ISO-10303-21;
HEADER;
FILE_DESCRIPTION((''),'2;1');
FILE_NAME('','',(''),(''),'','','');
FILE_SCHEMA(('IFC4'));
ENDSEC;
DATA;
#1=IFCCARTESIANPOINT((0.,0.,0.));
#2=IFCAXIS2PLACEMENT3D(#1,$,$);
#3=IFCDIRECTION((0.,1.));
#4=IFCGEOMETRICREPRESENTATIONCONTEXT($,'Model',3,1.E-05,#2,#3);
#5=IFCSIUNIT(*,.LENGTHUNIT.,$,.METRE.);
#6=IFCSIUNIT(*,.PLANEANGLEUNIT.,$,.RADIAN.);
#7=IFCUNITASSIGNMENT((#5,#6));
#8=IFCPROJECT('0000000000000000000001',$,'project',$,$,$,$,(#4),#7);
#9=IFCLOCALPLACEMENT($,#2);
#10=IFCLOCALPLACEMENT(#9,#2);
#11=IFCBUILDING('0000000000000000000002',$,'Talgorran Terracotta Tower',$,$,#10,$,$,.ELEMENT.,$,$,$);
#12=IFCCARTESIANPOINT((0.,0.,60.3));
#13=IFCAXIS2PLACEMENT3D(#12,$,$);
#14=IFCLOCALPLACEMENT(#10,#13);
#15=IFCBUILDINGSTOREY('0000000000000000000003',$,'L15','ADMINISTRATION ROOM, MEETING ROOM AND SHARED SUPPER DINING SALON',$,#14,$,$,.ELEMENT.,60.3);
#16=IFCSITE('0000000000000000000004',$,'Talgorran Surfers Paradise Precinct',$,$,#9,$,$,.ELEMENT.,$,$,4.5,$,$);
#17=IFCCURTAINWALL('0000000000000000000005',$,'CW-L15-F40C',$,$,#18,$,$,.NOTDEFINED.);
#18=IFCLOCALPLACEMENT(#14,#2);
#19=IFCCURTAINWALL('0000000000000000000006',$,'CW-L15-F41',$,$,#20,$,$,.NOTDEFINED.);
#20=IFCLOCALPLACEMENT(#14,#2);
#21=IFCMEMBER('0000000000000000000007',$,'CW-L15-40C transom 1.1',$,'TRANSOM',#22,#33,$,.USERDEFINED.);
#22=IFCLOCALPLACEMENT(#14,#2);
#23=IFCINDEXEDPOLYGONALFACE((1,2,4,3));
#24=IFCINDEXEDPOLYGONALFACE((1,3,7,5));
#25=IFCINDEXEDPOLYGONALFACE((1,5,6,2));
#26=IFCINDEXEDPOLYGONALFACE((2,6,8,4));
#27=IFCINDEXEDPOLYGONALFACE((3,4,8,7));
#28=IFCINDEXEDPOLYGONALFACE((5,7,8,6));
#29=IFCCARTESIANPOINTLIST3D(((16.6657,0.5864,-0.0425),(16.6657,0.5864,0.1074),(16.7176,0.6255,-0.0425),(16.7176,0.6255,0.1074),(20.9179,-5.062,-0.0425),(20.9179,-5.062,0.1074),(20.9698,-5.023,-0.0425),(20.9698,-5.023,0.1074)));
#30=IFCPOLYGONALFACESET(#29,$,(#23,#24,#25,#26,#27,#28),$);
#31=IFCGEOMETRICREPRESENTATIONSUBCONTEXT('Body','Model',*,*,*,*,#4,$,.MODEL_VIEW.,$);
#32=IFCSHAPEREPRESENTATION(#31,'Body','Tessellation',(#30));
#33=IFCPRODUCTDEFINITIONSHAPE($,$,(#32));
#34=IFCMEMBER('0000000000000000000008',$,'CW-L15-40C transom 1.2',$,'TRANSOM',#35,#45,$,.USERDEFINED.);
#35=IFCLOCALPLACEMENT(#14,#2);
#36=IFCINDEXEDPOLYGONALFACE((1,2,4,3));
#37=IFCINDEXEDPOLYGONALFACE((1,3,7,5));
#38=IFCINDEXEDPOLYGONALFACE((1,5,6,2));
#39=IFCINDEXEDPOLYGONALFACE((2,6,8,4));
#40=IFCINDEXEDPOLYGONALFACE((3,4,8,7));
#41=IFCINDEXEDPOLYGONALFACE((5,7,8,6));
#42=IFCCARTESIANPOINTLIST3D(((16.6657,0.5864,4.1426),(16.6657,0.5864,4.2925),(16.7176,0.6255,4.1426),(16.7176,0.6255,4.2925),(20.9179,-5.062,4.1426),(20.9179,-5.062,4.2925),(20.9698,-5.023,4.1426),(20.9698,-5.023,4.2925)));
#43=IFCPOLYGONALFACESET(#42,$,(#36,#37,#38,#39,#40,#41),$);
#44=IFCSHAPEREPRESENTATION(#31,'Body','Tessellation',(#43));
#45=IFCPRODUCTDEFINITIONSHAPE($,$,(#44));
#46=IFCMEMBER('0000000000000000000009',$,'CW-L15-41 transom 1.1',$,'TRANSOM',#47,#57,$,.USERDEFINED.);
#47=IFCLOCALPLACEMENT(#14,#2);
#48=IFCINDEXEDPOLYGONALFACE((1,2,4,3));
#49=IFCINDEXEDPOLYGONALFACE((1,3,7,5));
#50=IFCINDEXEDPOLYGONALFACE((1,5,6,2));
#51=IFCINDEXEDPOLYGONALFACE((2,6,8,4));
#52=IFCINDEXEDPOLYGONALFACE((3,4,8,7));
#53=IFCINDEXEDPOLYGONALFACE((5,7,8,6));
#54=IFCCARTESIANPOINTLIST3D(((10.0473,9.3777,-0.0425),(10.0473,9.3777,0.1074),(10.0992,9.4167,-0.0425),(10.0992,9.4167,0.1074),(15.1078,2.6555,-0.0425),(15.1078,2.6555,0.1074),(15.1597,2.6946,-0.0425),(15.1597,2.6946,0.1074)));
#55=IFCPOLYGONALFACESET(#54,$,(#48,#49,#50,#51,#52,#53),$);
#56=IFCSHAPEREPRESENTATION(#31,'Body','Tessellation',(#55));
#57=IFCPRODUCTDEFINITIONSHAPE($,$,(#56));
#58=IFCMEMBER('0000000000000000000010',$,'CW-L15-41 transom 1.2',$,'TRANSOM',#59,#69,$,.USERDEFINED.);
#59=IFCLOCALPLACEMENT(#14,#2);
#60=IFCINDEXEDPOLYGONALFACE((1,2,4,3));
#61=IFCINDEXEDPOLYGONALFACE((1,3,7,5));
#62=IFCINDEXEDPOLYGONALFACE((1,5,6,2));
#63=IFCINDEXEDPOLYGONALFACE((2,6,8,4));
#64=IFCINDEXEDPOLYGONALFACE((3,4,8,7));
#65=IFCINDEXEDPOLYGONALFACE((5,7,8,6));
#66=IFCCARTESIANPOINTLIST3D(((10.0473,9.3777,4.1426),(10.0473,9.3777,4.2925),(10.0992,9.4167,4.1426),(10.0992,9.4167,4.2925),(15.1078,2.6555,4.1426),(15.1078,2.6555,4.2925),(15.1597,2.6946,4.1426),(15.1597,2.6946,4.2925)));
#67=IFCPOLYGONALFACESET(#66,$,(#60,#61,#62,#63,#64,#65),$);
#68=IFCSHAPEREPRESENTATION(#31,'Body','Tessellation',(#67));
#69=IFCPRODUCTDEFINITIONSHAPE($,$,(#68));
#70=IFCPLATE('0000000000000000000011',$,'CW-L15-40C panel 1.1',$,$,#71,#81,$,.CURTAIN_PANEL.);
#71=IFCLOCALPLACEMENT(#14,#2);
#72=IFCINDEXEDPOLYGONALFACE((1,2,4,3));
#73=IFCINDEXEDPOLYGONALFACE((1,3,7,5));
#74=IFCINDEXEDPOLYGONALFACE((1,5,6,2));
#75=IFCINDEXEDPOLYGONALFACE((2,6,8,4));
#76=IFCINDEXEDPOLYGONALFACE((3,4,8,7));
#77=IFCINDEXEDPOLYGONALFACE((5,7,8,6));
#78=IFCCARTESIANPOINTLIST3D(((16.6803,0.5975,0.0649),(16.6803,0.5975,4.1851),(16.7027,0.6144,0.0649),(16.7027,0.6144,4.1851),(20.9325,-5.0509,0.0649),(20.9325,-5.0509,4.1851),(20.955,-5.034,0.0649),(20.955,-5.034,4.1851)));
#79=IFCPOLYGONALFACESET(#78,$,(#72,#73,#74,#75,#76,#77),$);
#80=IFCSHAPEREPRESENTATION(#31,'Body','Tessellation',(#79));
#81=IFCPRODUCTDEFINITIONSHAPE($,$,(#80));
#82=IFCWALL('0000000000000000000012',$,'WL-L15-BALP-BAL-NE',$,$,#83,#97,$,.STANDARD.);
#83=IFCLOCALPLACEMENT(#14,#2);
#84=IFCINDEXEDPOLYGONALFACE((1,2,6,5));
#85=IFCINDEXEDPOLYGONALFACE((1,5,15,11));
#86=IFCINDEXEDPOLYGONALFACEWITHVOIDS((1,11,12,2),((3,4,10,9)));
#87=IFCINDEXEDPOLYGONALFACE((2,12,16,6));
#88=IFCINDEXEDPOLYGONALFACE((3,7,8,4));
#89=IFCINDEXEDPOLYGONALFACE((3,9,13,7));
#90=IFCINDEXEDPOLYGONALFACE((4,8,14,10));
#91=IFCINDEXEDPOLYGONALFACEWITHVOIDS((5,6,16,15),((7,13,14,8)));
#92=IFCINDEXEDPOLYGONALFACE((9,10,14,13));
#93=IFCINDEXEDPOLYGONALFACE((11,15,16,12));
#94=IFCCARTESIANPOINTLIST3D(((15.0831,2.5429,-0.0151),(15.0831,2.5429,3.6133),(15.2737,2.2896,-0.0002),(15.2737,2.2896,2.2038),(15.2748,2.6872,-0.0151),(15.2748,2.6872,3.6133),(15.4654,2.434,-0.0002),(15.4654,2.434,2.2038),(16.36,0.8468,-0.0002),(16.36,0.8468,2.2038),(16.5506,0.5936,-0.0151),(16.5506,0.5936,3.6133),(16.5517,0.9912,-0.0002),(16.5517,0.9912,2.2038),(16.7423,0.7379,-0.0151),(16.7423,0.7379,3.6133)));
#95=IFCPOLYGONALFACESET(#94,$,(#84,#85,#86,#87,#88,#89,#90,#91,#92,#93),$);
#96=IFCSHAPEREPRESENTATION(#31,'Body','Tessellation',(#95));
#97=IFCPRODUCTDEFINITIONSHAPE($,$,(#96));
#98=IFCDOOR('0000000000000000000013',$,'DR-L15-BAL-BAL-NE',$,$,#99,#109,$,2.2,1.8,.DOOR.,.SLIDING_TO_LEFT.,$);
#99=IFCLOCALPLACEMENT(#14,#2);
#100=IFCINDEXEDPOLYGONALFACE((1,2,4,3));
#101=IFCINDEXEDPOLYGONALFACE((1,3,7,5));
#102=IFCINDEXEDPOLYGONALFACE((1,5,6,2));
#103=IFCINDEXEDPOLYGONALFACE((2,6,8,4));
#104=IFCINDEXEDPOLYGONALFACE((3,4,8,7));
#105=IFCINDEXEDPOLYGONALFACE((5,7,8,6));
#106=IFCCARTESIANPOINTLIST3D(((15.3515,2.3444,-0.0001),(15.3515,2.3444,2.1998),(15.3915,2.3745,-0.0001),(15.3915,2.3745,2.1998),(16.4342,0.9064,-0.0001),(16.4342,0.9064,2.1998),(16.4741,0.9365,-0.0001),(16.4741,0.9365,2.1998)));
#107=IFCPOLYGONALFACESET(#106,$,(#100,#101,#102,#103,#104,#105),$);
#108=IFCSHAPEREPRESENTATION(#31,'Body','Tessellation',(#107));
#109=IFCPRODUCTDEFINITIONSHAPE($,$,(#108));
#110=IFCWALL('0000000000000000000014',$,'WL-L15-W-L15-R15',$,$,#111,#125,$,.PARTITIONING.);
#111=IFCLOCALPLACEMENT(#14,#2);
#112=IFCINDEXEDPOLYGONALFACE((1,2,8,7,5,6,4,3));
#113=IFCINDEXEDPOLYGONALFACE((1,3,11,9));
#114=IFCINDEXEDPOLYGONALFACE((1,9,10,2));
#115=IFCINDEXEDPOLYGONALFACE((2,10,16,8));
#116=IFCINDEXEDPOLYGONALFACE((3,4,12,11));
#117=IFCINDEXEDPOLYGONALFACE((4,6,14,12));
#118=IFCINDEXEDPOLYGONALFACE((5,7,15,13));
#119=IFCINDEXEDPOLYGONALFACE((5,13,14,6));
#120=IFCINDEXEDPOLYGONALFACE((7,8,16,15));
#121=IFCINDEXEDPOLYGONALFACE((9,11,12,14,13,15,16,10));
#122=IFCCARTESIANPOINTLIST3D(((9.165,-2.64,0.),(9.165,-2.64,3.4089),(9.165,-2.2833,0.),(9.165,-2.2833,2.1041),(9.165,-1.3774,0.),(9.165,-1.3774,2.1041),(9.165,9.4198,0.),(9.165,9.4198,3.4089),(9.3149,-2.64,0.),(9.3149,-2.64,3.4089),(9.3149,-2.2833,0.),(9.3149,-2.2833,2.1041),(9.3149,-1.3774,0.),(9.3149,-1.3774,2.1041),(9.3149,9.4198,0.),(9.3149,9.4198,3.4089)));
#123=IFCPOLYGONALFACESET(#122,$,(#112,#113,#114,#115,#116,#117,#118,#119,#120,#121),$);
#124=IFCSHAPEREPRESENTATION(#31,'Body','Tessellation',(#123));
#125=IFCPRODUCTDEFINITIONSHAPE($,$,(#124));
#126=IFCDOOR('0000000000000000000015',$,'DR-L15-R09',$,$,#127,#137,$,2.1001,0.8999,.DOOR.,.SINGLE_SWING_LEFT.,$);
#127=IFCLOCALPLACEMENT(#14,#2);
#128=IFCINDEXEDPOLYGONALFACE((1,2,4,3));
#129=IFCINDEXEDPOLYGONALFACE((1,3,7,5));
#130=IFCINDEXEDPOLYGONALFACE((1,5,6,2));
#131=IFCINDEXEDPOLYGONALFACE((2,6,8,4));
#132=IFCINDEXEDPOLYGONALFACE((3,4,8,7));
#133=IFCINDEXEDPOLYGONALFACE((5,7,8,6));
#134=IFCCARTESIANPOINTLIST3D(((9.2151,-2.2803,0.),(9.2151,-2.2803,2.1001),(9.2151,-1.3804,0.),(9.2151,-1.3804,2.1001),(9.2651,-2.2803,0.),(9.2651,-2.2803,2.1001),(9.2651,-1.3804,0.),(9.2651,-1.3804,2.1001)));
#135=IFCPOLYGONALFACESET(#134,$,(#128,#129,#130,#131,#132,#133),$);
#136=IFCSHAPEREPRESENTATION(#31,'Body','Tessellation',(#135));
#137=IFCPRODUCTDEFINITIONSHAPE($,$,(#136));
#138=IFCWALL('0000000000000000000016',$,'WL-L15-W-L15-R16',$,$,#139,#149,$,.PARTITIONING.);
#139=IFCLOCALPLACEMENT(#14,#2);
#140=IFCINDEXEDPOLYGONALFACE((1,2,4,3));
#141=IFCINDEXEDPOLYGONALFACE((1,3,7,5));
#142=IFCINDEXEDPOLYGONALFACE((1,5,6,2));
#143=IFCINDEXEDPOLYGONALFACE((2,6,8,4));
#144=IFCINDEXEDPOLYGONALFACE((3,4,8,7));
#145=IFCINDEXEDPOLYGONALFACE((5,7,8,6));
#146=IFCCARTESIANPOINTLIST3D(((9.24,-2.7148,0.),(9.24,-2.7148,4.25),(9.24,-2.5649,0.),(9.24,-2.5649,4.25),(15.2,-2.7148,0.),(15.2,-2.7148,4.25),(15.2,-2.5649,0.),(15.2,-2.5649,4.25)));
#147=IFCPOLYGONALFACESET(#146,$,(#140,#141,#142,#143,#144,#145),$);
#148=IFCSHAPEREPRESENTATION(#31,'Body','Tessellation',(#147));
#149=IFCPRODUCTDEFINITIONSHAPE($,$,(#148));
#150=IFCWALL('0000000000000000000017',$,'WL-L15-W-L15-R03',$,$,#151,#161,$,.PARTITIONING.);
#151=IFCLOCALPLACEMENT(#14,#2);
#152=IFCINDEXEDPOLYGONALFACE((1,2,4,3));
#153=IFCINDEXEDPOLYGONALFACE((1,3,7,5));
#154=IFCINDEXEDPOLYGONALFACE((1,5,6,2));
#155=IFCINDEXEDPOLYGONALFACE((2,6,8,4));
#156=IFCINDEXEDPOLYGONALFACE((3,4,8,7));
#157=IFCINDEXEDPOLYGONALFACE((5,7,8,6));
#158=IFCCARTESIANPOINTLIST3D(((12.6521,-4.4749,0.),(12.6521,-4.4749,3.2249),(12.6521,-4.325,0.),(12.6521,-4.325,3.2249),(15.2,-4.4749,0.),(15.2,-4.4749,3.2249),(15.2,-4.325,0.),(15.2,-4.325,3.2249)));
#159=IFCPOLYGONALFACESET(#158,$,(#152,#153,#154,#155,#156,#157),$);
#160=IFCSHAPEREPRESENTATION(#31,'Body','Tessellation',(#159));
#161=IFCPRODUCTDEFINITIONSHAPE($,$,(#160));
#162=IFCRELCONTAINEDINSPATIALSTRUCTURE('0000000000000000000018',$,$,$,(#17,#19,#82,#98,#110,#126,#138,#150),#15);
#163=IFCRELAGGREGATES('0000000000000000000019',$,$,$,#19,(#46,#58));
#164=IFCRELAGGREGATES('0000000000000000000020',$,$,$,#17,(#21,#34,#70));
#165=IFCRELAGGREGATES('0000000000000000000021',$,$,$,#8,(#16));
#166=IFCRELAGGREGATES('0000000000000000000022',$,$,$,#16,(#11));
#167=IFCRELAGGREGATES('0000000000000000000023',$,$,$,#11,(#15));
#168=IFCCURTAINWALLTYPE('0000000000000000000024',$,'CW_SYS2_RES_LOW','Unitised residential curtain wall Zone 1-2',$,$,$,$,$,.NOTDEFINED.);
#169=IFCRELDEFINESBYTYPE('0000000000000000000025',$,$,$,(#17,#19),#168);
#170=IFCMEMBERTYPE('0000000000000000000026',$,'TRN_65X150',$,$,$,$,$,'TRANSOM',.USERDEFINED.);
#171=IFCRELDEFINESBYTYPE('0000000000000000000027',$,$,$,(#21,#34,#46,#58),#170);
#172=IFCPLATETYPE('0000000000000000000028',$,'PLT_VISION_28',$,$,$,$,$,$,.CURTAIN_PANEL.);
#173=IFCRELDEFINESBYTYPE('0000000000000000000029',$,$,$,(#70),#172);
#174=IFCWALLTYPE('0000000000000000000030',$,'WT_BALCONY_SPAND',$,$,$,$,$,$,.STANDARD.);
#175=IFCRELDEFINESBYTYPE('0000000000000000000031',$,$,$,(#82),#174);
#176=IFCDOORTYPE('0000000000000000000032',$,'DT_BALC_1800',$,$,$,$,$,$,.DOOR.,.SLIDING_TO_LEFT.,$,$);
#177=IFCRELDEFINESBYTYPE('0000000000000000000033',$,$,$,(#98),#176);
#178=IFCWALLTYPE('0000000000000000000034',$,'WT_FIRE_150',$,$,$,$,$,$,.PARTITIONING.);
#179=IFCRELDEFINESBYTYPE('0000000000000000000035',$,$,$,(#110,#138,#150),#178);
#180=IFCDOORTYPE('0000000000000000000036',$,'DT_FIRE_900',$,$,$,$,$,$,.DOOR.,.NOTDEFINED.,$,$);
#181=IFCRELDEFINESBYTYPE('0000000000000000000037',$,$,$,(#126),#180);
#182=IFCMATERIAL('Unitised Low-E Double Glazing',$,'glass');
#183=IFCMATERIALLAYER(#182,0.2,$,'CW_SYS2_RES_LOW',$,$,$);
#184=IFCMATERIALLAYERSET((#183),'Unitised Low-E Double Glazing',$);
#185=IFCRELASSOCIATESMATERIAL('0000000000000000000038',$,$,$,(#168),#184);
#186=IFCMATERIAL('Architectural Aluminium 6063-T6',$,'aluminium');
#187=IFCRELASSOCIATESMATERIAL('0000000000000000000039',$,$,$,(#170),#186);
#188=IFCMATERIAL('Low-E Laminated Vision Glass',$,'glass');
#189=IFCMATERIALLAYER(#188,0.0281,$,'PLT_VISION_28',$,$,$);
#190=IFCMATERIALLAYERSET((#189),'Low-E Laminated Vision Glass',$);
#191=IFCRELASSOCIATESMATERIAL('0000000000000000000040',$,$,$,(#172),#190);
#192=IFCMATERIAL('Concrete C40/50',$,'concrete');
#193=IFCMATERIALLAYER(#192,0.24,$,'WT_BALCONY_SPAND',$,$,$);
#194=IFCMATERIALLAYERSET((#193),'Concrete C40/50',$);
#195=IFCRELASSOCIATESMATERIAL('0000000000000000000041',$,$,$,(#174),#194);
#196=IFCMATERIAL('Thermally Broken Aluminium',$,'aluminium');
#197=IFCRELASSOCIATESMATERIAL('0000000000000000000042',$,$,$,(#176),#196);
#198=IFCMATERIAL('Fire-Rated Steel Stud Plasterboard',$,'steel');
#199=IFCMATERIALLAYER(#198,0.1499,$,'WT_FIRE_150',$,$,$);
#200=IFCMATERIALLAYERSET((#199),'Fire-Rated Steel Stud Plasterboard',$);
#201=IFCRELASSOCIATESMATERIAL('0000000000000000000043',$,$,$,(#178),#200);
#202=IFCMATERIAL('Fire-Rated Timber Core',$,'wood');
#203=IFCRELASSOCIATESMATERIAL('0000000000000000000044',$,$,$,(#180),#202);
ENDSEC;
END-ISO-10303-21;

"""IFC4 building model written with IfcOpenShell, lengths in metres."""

from ifc_helpers import new_model, si_unit, direction, frame, frame_2d, origin, origin_2d, place, context, subcontext, project, spatial, rectangle, extrude, source, transform, mapped, material, layer, layer_set, material_profile, profile_set, type_object, type_shapes, element, fill, aggregate, save


model = new_model("IFC4")

# Units and contexts
model_context = context("Model", 3, precision=1e-05, world=origin(), true_north=direction((0.0, 1.0)))
body_context = subcontext(model_context, "Body", "Model", "MODEL_VIEW")
ifc_project = project(units=[si_unit("LENGTHUNIT", "METRE"), si_unit("PLANEANGLEUNIT", "RADIAN")], contexts=[model_context])

# Site, building, storey
site_placement = place(None, origin())
site = spatial("IfcSite", under=ifc_project, at=site_placement, Name="Talgorran Surfers Paradise Precinct", CompositionType="ELEMENT", RefElevation=4.5)
building_placement = place(site_placement, origin())
building = spatial("IfcBuilding", under=site, at=building_placement, Name="Talgorran Terracotta Tower", CompositionType="ELEMENT")
storey_placement = place(building_placement, frame((0.0, 0.0, 60.3)))
storey = spatial("IfcBuildingStorey", under=building, at=storey_placement, Name="L15", Description="ADMINISTRATION ROOM, MEETING ROOM AND SHARED SUPPER DINING SALON", CompositionType="ELEMENT", Elevation=60.3)

# Curtain wall
ifc_material_1 = material(Name="Unitised Low-E Double Glazing", Category="glass")
ifc_layer_1 = layer(ifc_material_1, 0.2, Name="CW_SYS2_RES_LOW")
ifc_layer_set_1 = layer_set([ifc_layer_1], Name="Unitised Low-E Double Glazing")
curtain_wall_type = type_object("IfcCurtainWallType", Name="CW_SYS2_RES_LOW", Description="Unitised residential curtain wall Zone 1-2", PredefinedType="NOTDEFINED", material=ifc_layer_set_1)
curtain_wall_1_placement = place(storey_placement, origin())
curtain_wall_1 = element("IfcCurtainWall", 1, at=curtain_wall_1_placement, inside=storey, type_object=curtain_wall_type, Name="CW-L15-F40C", PredefinedType="NOTDEFINED")
ifc_material_2 = material(Name="Architectural Aluminium 6063-T6", Category="aluminium")

# Curtain wall
curtain_wall_2_placement = place(storey_placement, origin())
curtain_wall_2 = element("IfcCurtainWall", 2, at=curtain_wall_2_placement, inside=storey, type_object=curtain_wall_type, Name="CW-L15-F41", PredefinedType="NOTDEFINED")

# Members
ifc_material_profile_1 = material_profile(ifc_material_2, rectangle(XDim=0.0649, YDim=0.1499, at=origin_2d()), Name="CWT65X150")
ifc_profile_set_1 = profile_set([ifc_material_profile_1], Name="Architectural Aluminium 6063-T6")
member_type_1 = type_object("IfcMemberType", Name="TRN_65X150", ElementType="TRANSOM", PredefinedType="USERDEFINED", material=ifc_profile_set_1)
member_1_placement = place(storey_placement, frame((20.9438, -5.0425, 0.0325), z_axis=(-0.601436, 0.798921, 0.0), x_axis=(-0.798921, -0.601436, 0.0)))
member_1 = element("IfcMember", 3, at=member_1_placement, type_object=member_type_1, Name="CW-L15-40C transom 1.1", ObjectType="TRANSOM", PredefinedType="USERDEFINED", context=body_context, shape_type="SweptSolid", body=[
    extrude(rectangle(XDim=0.0649, YDim=0.1499, at=origin_2d()), origin(), (0.0, 0.0, 1.0), 7.0701),
])
member_2_placement = place(storey_placement, frame((20.9438, -5.0425, 4.2175), z_axis=(-0.601436, 0.798921, 0.0), x_axis=(-0.798921, -0.601436, 0.0)))
member_2 = element("IfcMember", 4, at=member_2_placement, type_object=member_type_1, Name="CW-L15-40C transom 1.2", ObjectType="TRANSOM", PredefinedType="USERDEFINED", context=body_context, shape_type="SweptSolid", body=[
    extrude(rectangle(XDim=0.0649, YDim=0.1499, at=origin_2d()), origin(), (0.0, 0.0, 1.0), 7.0701),
])
member_3_placement = place(storey_placement, frame((15.1338, 2.675, 0.0325), z_axis=(-0.601438, 0.798919, 0.0), x_axis=(-0.798919, -0.601438, 0.0)))
member_3 = element("IfcMember", 5, at=member_3_placement, type_object=member_type_1, Name="CW-L15-41 transom 1.1", ObjectType="TRANSOM", PredefinedType="USERDEFINED", context=body_context, shape_type="SweptSolid", body=[
    extrude(rectangle(XDim=0.0649, YDim=0.1499, at=origin_2d()), origin(), (0.0, 0.0, 1.0), 8.4141),
])
member_4_placement = place(storey_placement, frame((15.1338, 2.675, 4.2175), z_axis=(-0.601438, 0.798919, 0.0), x_axis=(-0.798919, -0.601438, 0.0)))
member_4 = element("IfcMember", 6, at=member_4_placement, type_object=member_type_1, Name="CW-L15-41 transom 1.2", ObjectType="TRANSOM", PredefinedType="USERDEFINED", context=body_context, shape_type="SweptSolid", body=[
    extrude(rectangle(XDim=0.0649, YDim=0.1499, at=origin_2d()), origin(), (0.0, 0.0, 1.0), 8.4141),
])
aggregate(curtain_wall_2, [member_3, member_4])

# Plate
ifc_material_3 = material(Name="Low-E Laminated Vision Glass", Category="glass")
ifc_layer_2 = layer(ifc_material_3, 0.0281, Name="PLT_VISION_28")
ifc_layer_set_2 = layer_set([ifc_layer_2], Name="Low-E Laminated Vision Glass")
plate_type = type_object("IfcPlateType", Name="PLT_VISION_28", PredefinedType="CURTAIN_PANEL", material=ifc_layer_set_2)
shared_shape = source(origin(), body_context, "Body", "SweptSolid", [
    extrude(rectangle(XDim=7.0701, YDim=0.0281, at=origin_2d()), origin(), (0.0, 0.0, 1.0), 4.1201),
])
type_shapes(plate_type, [shared_shape])
plate_placement = place(storey_placement, frame((18.8176, -2.2183, 0.0649), z_axis=(0.0, 0.0, 1.0), x_axis=(-0.601443, 0.798915, 0.0)))
plate = element("IfcPlate", 7, at=plate_placement, type_object=plate_type, Name="CW-L15-40C panel 1.1", PredefinedType="CURTAIN_PANEL", context=body_context, shape_type="MappedRepresentation", body=[
    mapped(shared_shape, transform((0.0, 0.0, 0.0), scale=1.0)),
])
aggregate(curtain_wall_1, [member_1, member_2, plate])

# Walls, openings, doors
ifc_material_4 = material(Name="Concrete C40/50", Category="concrete")
ifc_layer_3 = layer(ifc_material_4, 0.24, Name="WT_BALCONY_SPAND")
ifc_layer_set_3 = layer_set([ifc_layer_3], Name="Concrete C40/50")
wall_type_1 = type_object("IfcWallType", Name="WT_BALCONY_SPAND", PredefinedType="STANDARD", material=ifc_layer_set_3)
wall_1_placement = place(storey_placement, frame((16.6465, 0.6658, -0.0151), z_axis=(0.0, 0.0, 1.0), x_axis=(-0.601472, 0.798894, 0.0)))
wall_1 = element("IfcWall", 8, at=wall_1_placement, inside=storey, type_object=wall_type_1, Name="WL-L15-BALP-BAL-NE", PredefinedType="STANDARD", context=body_context, shape_type="SweptSolid", body=[
    extrude(rectangle(XDim=2.4399, YDim=0.24, at=frame_2d((1.22, 0.0))), origin(), (0.0, 0.0, 1.0), 3.6284),
])
opening_1_placement = place(wall_1_placement, frame((0.3201, 0.0, 0.0149)))
opening_1 = element("IfcOpeningElement", 9, at=opening_1_placement, cuts=wall_1, PredefinedType="OPENING", context=body_context, shape_type="SweptSolid", body=[
    extrude(rectangle(XDim=1.806, YDim=2.204, at=frame_2d((0.8999, 1.1021))), frame((0.0, 0.1299, 0.0), z_axis=(0.0, -1.0, 0.0), x_axis=(1.0, 0.0, 0.0)), (0.0, 0.0, 1.0), 0.26),
])
ifc_material_5 = material(Name="Thermally Broken Aluminium", Category="aluminium")
door_type_1 = type_object("IfcDoorType", Name="DT_BALC_1800", OperationType="SLIDING_TO_LEFT", PredefinedType="DOOR", material=ifc_material_5)
door_1_placement = place(opening_1_placement, origin())
door_1 = element("IfcDoor", 10, at=door_1_placement, inside=storey, type_object=door_type_1, Name="DR-L15-BAL-BAL-NE", OperationType="SLIDING_TO_LEFT", OverallHeight=2.2, OverallWidth=1.8, PredefinedType="DOOR", context=body_context, shape_type="SweptSolid", body=[
    extrude(rectangle(XDim=1.8, YDim=2.2, at=frame_2d((0.8999, 1.1001))), frame((0.0, 0.0249, 0.0), z_axis=(0.0, -1.0, 0.0), x_axis=(1.0, 0.0, 0.0)), (0.0, 0.0, 1.0), 0.05),
])
fill(opening_1, door_1)
ifc_material_6 = material(Name="Fire-Rated Steel Stud Plasterboard", Category="steel")
ifc_layer_4 = layer(ifc_material_6, 0.1499, Name="WT_FIRE_150")
ifc_layer_set_4 = layer_set([ifc_layer_4], Name="Fire-Rated Steel Stud Plasterboard")
wall_type_2 = type_object("IfcWallType", Name="WT_FIRE_150", PredefinedType="PARTITIONING", material=ifc_layer_set_4)
wall_2_placement = place(storey_placement, frame((9.24, -2.6399, 0.0), z_axis=(0.0, 0.0, 1.0), x_axis=(0.0, 1.0, 0.0)))
wall_2 = element("IfcWall", 11, at=wall_2_placement, inside=storey, type_object=wall_type_2, Name="WL-L15-W-L15-R15", PredefinedType="PARTITIONING", context=body_context, shape_type="SweptSolid", body=[
    extrude(rectangle(XDim=12.0598, YDim=0.1499, at=frame_2d((6.0298, 0.0))), origin(), (0.0, 0.0, 1.0), 3.4089),
])
opening_2_placement = place(wall_2_placement, frame((0.3596, 0.0, 0.0)))
opening_2 = element("IfcOpeningElement", 12, at=opening_2_placement, cuts=wall_2, PredefinedType="OPENING", context=body_context, shape_type="SweptSolid", body=[
    extrude(rectangle(XDim=0.9059, YDim=2.1041, at=frame_2d((0.45, 1.052))), frame((0.0, 0.085, 0.0), z_axis=(0.0, -1.0, 0.0), x_axis=(1.0, 0.0, 0.0)), (0.0, 0.0, 1.0), 0.1699),
])
ifc_material_7 = material(Name="Fire-Rated Timber Core", Category="wood")
door_type_2 = type_object("IfcDoorType", Name="DT_FIRE_900", OperationType="NOTDEFINED", PredefinedType="DOOR", material=ifc_material_7)
door_2_placement = place(opening_2_placement, origin())
door_2 = element("IfcDoor", 13, at=door_2_placement, inside=storey, type_object=door_type_2, Name="DR-L15-R09", OperationType="SINGLE_SWING_LEFT", OverallHeight=2.1001, OverallWidth=0.8999, PredefinedType="DOOR", context=body_context, shape_type="SweptSolid", body=[
    extrude(rectangle(XDim=0.8999, YDim=2.1001, at=frame_2d((0.45, 1.05))), frame((0.0, 0.0249, 0.0), z_axis=(0.0, -1.0, 0.0), x_axis=(1.0, 0.0, 0.0)), (0.0, 0.0, 1.0), 0.05),
])
fill(opening_2, door_2)

# Walls
wall_3_placement = place(storey_placement, frame((9.24, -2.6399, 0.0), z_axis=(0.0, 0.0, 1.0), x_axis=(1.0, 0.0, 0.0)))
element("IfcWall", 14, at=wall_3_placement, inside=storey, type_object=wall_type_2, Name="WL-L15-W-L15-R16", PredefinedType="PARTITIONING", context=body_context, shape_type="SweptSolid", body=[
    extrude(rectangle(XDim=5.96, YDim=0.1499, at=frame_2d((2.98, 0.0))), origin(), (0.0, 0.0, 1.0), 4.25),
])
wall_4_placement = place(storey_placement, frame((12.6521, -4.3999, 0.0), z_axis=(0.0, 0.0, 1.0), x_axis=(1.0, 0.0, 0.0)))
element("IfcWall", 15, at=wall_4_placement, inside=storey, type_object=wall_type_2, Name="WL-L15-W-L15-R03", PredefinedType="PARTITIONING", context=body_context, shape_type="SweptSolid", body=[
    extrude(rectangle(XDim=2.5479, YDim=0.1499, at=frame_2d((1.2739, 0.0))), origin(), (0.0, 0.0, 1.0), 3.2249),
])

save(model, "model.ifc")
